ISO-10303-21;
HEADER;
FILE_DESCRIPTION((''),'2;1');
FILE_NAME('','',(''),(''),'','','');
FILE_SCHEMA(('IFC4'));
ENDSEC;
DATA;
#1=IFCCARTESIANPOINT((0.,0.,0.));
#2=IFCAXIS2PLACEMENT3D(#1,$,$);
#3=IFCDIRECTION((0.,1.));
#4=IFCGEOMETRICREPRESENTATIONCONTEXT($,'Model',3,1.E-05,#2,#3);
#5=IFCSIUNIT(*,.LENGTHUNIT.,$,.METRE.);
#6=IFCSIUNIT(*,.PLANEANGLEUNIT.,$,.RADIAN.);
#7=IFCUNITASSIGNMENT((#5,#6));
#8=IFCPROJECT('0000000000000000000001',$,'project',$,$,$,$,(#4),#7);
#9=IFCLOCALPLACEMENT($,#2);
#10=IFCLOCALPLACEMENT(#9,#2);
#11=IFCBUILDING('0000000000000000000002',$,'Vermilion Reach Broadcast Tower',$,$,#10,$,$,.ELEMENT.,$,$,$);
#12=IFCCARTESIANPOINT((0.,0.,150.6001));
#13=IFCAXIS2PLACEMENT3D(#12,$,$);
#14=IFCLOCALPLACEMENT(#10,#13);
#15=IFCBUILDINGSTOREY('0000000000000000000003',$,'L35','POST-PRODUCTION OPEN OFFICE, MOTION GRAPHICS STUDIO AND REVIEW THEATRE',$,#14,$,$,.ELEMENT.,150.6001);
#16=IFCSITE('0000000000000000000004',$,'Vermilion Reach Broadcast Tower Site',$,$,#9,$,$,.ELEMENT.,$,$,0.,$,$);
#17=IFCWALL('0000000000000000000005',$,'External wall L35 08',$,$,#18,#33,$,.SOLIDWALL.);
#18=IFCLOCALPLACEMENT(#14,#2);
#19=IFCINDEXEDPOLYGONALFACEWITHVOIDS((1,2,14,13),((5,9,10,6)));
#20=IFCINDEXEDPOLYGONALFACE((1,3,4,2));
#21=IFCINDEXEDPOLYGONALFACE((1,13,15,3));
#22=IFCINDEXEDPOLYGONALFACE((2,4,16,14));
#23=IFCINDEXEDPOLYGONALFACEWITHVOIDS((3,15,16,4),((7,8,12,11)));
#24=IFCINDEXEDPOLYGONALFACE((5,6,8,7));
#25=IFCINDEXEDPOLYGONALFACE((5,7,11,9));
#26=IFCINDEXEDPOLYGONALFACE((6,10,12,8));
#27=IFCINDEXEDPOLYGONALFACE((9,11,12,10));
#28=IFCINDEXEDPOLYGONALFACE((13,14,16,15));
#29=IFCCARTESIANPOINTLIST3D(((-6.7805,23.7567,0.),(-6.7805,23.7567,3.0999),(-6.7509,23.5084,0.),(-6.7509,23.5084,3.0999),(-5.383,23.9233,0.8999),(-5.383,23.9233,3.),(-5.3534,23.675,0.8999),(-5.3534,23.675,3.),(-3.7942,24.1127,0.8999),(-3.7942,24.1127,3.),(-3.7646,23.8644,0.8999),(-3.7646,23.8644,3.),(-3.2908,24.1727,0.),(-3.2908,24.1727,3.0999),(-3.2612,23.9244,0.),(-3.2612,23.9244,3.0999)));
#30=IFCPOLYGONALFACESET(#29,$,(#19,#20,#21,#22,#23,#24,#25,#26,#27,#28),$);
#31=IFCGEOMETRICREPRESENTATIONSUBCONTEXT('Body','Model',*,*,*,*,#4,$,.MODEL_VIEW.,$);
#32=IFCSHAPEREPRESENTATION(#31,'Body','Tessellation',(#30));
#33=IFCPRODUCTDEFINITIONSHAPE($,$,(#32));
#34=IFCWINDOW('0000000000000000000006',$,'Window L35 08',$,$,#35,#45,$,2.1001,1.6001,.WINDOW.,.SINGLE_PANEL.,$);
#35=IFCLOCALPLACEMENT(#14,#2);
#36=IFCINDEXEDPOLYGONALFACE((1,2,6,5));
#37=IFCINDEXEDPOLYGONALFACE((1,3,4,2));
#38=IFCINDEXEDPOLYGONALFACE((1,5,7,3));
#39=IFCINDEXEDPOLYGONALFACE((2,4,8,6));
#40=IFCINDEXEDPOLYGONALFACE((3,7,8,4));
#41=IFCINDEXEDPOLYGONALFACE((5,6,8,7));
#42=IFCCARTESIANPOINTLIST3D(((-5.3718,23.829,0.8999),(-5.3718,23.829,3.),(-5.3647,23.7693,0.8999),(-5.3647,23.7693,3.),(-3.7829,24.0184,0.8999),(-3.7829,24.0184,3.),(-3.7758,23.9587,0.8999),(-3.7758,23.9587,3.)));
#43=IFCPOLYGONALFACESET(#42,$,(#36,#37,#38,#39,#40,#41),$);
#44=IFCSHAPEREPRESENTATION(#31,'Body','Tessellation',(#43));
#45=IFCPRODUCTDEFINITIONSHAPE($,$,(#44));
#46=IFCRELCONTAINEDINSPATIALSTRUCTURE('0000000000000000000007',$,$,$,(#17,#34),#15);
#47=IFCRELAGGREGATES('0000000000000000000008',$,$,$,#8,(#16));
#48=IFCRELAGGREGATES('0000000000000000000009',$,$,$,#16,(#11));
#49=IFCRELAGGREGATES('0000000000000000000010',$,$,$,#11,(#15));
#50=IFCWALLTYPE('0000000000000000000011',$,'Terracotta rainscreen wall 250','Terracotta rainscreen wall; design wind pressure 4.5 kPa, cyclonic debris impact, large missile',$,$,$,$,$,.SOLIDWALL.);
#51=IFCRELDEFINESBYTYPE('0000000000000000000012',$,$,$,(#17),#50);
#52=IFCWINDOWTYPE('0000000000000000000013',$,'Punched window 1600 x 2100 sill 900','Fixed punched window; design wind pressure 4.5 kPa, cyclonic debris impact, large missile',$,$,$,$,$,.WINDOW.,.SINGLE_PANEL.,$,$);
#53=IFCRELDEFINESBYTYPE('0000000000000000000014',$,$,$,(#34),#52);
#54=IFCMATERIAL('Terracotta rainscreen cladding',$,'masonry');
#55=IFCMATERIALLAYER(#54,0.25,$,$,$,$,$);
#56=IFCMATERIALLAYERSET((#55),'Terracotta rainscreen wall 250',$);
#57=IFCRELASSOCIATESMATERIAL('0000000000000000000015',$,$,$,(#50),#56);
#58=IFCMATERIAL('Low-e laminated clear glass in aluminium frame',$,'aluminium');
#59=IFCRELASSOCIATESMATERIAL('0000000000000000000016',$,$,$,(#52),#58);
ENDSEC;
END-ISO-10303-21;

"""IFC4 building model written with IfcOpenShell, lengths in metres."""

from ifc_helpers import new_model, si_unit, direction, frame, frame_2d, origin, place, context, subcontext, project, spatial, rectangle, extrude, material, layer, layer_set, type_object, element, fill, save


model = new_model("IFC4")

# Units and contexts
model_context = context("Model", 3, precision=1e-05, world=origin(), true_north=direction((0.0, 1.0)))
body_context = subcontext(model_context, "Body", "Model", "MODEL_VIEW")
ifc_project = project(units=[si_unit("LENGTHUNIT", "METRE"), si_unit("PLANEANGLEUNIT", "RADIAN")], contexts=[model_context])

# Site, building, storey
site_placement = place(None, origin())
site = spatial("IfcSite", under=ifc_project, at=site_placement, Name="Vermilion Reach Broadcast Tower Site", CompositionType="ELEMENT", RefElevation=0.0)
building_placement = place(site_placement, origin())
building = spatial("IfcBuilding", under=site, at=building_placement, Name="Vermilion Reach Broadcast Tower", CompositionType="ELEMENT")
storey_placement = place(building_placement, frame((0.0, 0.0, 150.6001)))
storey = spatial("IfcBuildingStorey", under=building, at=storey_placement, Name="L35", Description="POST-PRODUCTION OPEN OFFICE, MOTION GRAPHICS STUDIO AND REVIEW THEATRE", CompositionType="ELEMENT", Elevation=150.6001)

# Shared definitions
ifc_material_1 = material(Name="Terracotta rainscreen cladding", Category="masonry")
ifc_layer_1 = layer(ifc_material_1, 0.25)
ifc_layer_set_1 = layer_set([ifc_layer_1], Name="Terracotta rainscreen wall 250")
wall_type_1 = type_object("IfcWallType", Name="Terracotta rainscreen wall 250", Description="Terracotta rainscreen wall; design wind pressure 4.5 kPa, cyclonic debris impact, large missile", PredefinedType="SOLIDWALL", material=ifc_layer_set_1)

# Wall, opening, window
wall_1_placement = place(storey_placement, frame((-3.2759, 24.0486, 0.0), z_axis=(0.0, 0.0, 1.0), x_axis=(-0.992969, -0.118373, 0.0)))
wall_1 = element("IfcWall", 1, at=wall_1_placement, inside=storey, type_object=wall_type_1, Name="External wall L35 08", PredefinedType="SOLIDWALL", context=body_context, shape_type="SweptSolid", body=[
    extrude(rectangle(XDim=3.5144, YDim=0.25, at=frame_2d((1.7573, 0.0))), origin(), (0.0, 0.0, 1.0), 3.0999),
])
opening_1_placement = place(wall_1_placement, frame((0.5071, 0.0, 0.8999)))
opening_1 = element("IfcOpeningElement", 2, at=opening_1_placement, cuts=wall_1, PredefinedType="OPENING", context=body_context, shape_type="SweptSolid", body=[
    extrude(rectangle(XDim=1.6001, YDim=2.1001, at=frame_2d((0.8, 1.05))), frame((0.0, 0.135, 0.0), z_axis=(0.0, -1.0, 0.0), x_axis=(1.0, 0.0, 0.0)), (0.0, 0.0, 1.0), 0.27),
])
ifc_material_2 = material(Name="Low-e laminated clear glass in aluminium frame", Category="aluminium")
window_type_1 = type_object("IfcWindowType", Name="Punched window 1600 x 2100 sill 900", Description="Fixed punched window; design wind pressure 4.5 kPa, cyclonic debris impact, large missile", PartitioningType="SINGLE_PANEL", PredefinedType="WINDOW", material=ifc_material_2)
window_1_placement = place(opening_1_placement, origin())
window_1 = element("IfcWindow", 3, at=window_1_placement, inside=storey, type_object=window_type_1, Name="Window L35 08", OverallHeight=2.1001, OverallWidth=1.6001, PartitioningType="SINGLE_PANEL", PredefinedType="WINDOW", context=body_context, shape_type="SweptSolid", body=[
    extrude(rectangle(XDim=1.6001, YDim=2.1001, at=frame_2d((0.8, 1.05))), frame((0.0, 0.03, 0.0), z_axis=(0.0, -1.0, 0.0), x_axis=(1.0, 0.0, 0.0)), (0.0, 0.0, 1.0), 0.0601),
])
fill(opening_1, window_1)

save(model, "model.ifc")
